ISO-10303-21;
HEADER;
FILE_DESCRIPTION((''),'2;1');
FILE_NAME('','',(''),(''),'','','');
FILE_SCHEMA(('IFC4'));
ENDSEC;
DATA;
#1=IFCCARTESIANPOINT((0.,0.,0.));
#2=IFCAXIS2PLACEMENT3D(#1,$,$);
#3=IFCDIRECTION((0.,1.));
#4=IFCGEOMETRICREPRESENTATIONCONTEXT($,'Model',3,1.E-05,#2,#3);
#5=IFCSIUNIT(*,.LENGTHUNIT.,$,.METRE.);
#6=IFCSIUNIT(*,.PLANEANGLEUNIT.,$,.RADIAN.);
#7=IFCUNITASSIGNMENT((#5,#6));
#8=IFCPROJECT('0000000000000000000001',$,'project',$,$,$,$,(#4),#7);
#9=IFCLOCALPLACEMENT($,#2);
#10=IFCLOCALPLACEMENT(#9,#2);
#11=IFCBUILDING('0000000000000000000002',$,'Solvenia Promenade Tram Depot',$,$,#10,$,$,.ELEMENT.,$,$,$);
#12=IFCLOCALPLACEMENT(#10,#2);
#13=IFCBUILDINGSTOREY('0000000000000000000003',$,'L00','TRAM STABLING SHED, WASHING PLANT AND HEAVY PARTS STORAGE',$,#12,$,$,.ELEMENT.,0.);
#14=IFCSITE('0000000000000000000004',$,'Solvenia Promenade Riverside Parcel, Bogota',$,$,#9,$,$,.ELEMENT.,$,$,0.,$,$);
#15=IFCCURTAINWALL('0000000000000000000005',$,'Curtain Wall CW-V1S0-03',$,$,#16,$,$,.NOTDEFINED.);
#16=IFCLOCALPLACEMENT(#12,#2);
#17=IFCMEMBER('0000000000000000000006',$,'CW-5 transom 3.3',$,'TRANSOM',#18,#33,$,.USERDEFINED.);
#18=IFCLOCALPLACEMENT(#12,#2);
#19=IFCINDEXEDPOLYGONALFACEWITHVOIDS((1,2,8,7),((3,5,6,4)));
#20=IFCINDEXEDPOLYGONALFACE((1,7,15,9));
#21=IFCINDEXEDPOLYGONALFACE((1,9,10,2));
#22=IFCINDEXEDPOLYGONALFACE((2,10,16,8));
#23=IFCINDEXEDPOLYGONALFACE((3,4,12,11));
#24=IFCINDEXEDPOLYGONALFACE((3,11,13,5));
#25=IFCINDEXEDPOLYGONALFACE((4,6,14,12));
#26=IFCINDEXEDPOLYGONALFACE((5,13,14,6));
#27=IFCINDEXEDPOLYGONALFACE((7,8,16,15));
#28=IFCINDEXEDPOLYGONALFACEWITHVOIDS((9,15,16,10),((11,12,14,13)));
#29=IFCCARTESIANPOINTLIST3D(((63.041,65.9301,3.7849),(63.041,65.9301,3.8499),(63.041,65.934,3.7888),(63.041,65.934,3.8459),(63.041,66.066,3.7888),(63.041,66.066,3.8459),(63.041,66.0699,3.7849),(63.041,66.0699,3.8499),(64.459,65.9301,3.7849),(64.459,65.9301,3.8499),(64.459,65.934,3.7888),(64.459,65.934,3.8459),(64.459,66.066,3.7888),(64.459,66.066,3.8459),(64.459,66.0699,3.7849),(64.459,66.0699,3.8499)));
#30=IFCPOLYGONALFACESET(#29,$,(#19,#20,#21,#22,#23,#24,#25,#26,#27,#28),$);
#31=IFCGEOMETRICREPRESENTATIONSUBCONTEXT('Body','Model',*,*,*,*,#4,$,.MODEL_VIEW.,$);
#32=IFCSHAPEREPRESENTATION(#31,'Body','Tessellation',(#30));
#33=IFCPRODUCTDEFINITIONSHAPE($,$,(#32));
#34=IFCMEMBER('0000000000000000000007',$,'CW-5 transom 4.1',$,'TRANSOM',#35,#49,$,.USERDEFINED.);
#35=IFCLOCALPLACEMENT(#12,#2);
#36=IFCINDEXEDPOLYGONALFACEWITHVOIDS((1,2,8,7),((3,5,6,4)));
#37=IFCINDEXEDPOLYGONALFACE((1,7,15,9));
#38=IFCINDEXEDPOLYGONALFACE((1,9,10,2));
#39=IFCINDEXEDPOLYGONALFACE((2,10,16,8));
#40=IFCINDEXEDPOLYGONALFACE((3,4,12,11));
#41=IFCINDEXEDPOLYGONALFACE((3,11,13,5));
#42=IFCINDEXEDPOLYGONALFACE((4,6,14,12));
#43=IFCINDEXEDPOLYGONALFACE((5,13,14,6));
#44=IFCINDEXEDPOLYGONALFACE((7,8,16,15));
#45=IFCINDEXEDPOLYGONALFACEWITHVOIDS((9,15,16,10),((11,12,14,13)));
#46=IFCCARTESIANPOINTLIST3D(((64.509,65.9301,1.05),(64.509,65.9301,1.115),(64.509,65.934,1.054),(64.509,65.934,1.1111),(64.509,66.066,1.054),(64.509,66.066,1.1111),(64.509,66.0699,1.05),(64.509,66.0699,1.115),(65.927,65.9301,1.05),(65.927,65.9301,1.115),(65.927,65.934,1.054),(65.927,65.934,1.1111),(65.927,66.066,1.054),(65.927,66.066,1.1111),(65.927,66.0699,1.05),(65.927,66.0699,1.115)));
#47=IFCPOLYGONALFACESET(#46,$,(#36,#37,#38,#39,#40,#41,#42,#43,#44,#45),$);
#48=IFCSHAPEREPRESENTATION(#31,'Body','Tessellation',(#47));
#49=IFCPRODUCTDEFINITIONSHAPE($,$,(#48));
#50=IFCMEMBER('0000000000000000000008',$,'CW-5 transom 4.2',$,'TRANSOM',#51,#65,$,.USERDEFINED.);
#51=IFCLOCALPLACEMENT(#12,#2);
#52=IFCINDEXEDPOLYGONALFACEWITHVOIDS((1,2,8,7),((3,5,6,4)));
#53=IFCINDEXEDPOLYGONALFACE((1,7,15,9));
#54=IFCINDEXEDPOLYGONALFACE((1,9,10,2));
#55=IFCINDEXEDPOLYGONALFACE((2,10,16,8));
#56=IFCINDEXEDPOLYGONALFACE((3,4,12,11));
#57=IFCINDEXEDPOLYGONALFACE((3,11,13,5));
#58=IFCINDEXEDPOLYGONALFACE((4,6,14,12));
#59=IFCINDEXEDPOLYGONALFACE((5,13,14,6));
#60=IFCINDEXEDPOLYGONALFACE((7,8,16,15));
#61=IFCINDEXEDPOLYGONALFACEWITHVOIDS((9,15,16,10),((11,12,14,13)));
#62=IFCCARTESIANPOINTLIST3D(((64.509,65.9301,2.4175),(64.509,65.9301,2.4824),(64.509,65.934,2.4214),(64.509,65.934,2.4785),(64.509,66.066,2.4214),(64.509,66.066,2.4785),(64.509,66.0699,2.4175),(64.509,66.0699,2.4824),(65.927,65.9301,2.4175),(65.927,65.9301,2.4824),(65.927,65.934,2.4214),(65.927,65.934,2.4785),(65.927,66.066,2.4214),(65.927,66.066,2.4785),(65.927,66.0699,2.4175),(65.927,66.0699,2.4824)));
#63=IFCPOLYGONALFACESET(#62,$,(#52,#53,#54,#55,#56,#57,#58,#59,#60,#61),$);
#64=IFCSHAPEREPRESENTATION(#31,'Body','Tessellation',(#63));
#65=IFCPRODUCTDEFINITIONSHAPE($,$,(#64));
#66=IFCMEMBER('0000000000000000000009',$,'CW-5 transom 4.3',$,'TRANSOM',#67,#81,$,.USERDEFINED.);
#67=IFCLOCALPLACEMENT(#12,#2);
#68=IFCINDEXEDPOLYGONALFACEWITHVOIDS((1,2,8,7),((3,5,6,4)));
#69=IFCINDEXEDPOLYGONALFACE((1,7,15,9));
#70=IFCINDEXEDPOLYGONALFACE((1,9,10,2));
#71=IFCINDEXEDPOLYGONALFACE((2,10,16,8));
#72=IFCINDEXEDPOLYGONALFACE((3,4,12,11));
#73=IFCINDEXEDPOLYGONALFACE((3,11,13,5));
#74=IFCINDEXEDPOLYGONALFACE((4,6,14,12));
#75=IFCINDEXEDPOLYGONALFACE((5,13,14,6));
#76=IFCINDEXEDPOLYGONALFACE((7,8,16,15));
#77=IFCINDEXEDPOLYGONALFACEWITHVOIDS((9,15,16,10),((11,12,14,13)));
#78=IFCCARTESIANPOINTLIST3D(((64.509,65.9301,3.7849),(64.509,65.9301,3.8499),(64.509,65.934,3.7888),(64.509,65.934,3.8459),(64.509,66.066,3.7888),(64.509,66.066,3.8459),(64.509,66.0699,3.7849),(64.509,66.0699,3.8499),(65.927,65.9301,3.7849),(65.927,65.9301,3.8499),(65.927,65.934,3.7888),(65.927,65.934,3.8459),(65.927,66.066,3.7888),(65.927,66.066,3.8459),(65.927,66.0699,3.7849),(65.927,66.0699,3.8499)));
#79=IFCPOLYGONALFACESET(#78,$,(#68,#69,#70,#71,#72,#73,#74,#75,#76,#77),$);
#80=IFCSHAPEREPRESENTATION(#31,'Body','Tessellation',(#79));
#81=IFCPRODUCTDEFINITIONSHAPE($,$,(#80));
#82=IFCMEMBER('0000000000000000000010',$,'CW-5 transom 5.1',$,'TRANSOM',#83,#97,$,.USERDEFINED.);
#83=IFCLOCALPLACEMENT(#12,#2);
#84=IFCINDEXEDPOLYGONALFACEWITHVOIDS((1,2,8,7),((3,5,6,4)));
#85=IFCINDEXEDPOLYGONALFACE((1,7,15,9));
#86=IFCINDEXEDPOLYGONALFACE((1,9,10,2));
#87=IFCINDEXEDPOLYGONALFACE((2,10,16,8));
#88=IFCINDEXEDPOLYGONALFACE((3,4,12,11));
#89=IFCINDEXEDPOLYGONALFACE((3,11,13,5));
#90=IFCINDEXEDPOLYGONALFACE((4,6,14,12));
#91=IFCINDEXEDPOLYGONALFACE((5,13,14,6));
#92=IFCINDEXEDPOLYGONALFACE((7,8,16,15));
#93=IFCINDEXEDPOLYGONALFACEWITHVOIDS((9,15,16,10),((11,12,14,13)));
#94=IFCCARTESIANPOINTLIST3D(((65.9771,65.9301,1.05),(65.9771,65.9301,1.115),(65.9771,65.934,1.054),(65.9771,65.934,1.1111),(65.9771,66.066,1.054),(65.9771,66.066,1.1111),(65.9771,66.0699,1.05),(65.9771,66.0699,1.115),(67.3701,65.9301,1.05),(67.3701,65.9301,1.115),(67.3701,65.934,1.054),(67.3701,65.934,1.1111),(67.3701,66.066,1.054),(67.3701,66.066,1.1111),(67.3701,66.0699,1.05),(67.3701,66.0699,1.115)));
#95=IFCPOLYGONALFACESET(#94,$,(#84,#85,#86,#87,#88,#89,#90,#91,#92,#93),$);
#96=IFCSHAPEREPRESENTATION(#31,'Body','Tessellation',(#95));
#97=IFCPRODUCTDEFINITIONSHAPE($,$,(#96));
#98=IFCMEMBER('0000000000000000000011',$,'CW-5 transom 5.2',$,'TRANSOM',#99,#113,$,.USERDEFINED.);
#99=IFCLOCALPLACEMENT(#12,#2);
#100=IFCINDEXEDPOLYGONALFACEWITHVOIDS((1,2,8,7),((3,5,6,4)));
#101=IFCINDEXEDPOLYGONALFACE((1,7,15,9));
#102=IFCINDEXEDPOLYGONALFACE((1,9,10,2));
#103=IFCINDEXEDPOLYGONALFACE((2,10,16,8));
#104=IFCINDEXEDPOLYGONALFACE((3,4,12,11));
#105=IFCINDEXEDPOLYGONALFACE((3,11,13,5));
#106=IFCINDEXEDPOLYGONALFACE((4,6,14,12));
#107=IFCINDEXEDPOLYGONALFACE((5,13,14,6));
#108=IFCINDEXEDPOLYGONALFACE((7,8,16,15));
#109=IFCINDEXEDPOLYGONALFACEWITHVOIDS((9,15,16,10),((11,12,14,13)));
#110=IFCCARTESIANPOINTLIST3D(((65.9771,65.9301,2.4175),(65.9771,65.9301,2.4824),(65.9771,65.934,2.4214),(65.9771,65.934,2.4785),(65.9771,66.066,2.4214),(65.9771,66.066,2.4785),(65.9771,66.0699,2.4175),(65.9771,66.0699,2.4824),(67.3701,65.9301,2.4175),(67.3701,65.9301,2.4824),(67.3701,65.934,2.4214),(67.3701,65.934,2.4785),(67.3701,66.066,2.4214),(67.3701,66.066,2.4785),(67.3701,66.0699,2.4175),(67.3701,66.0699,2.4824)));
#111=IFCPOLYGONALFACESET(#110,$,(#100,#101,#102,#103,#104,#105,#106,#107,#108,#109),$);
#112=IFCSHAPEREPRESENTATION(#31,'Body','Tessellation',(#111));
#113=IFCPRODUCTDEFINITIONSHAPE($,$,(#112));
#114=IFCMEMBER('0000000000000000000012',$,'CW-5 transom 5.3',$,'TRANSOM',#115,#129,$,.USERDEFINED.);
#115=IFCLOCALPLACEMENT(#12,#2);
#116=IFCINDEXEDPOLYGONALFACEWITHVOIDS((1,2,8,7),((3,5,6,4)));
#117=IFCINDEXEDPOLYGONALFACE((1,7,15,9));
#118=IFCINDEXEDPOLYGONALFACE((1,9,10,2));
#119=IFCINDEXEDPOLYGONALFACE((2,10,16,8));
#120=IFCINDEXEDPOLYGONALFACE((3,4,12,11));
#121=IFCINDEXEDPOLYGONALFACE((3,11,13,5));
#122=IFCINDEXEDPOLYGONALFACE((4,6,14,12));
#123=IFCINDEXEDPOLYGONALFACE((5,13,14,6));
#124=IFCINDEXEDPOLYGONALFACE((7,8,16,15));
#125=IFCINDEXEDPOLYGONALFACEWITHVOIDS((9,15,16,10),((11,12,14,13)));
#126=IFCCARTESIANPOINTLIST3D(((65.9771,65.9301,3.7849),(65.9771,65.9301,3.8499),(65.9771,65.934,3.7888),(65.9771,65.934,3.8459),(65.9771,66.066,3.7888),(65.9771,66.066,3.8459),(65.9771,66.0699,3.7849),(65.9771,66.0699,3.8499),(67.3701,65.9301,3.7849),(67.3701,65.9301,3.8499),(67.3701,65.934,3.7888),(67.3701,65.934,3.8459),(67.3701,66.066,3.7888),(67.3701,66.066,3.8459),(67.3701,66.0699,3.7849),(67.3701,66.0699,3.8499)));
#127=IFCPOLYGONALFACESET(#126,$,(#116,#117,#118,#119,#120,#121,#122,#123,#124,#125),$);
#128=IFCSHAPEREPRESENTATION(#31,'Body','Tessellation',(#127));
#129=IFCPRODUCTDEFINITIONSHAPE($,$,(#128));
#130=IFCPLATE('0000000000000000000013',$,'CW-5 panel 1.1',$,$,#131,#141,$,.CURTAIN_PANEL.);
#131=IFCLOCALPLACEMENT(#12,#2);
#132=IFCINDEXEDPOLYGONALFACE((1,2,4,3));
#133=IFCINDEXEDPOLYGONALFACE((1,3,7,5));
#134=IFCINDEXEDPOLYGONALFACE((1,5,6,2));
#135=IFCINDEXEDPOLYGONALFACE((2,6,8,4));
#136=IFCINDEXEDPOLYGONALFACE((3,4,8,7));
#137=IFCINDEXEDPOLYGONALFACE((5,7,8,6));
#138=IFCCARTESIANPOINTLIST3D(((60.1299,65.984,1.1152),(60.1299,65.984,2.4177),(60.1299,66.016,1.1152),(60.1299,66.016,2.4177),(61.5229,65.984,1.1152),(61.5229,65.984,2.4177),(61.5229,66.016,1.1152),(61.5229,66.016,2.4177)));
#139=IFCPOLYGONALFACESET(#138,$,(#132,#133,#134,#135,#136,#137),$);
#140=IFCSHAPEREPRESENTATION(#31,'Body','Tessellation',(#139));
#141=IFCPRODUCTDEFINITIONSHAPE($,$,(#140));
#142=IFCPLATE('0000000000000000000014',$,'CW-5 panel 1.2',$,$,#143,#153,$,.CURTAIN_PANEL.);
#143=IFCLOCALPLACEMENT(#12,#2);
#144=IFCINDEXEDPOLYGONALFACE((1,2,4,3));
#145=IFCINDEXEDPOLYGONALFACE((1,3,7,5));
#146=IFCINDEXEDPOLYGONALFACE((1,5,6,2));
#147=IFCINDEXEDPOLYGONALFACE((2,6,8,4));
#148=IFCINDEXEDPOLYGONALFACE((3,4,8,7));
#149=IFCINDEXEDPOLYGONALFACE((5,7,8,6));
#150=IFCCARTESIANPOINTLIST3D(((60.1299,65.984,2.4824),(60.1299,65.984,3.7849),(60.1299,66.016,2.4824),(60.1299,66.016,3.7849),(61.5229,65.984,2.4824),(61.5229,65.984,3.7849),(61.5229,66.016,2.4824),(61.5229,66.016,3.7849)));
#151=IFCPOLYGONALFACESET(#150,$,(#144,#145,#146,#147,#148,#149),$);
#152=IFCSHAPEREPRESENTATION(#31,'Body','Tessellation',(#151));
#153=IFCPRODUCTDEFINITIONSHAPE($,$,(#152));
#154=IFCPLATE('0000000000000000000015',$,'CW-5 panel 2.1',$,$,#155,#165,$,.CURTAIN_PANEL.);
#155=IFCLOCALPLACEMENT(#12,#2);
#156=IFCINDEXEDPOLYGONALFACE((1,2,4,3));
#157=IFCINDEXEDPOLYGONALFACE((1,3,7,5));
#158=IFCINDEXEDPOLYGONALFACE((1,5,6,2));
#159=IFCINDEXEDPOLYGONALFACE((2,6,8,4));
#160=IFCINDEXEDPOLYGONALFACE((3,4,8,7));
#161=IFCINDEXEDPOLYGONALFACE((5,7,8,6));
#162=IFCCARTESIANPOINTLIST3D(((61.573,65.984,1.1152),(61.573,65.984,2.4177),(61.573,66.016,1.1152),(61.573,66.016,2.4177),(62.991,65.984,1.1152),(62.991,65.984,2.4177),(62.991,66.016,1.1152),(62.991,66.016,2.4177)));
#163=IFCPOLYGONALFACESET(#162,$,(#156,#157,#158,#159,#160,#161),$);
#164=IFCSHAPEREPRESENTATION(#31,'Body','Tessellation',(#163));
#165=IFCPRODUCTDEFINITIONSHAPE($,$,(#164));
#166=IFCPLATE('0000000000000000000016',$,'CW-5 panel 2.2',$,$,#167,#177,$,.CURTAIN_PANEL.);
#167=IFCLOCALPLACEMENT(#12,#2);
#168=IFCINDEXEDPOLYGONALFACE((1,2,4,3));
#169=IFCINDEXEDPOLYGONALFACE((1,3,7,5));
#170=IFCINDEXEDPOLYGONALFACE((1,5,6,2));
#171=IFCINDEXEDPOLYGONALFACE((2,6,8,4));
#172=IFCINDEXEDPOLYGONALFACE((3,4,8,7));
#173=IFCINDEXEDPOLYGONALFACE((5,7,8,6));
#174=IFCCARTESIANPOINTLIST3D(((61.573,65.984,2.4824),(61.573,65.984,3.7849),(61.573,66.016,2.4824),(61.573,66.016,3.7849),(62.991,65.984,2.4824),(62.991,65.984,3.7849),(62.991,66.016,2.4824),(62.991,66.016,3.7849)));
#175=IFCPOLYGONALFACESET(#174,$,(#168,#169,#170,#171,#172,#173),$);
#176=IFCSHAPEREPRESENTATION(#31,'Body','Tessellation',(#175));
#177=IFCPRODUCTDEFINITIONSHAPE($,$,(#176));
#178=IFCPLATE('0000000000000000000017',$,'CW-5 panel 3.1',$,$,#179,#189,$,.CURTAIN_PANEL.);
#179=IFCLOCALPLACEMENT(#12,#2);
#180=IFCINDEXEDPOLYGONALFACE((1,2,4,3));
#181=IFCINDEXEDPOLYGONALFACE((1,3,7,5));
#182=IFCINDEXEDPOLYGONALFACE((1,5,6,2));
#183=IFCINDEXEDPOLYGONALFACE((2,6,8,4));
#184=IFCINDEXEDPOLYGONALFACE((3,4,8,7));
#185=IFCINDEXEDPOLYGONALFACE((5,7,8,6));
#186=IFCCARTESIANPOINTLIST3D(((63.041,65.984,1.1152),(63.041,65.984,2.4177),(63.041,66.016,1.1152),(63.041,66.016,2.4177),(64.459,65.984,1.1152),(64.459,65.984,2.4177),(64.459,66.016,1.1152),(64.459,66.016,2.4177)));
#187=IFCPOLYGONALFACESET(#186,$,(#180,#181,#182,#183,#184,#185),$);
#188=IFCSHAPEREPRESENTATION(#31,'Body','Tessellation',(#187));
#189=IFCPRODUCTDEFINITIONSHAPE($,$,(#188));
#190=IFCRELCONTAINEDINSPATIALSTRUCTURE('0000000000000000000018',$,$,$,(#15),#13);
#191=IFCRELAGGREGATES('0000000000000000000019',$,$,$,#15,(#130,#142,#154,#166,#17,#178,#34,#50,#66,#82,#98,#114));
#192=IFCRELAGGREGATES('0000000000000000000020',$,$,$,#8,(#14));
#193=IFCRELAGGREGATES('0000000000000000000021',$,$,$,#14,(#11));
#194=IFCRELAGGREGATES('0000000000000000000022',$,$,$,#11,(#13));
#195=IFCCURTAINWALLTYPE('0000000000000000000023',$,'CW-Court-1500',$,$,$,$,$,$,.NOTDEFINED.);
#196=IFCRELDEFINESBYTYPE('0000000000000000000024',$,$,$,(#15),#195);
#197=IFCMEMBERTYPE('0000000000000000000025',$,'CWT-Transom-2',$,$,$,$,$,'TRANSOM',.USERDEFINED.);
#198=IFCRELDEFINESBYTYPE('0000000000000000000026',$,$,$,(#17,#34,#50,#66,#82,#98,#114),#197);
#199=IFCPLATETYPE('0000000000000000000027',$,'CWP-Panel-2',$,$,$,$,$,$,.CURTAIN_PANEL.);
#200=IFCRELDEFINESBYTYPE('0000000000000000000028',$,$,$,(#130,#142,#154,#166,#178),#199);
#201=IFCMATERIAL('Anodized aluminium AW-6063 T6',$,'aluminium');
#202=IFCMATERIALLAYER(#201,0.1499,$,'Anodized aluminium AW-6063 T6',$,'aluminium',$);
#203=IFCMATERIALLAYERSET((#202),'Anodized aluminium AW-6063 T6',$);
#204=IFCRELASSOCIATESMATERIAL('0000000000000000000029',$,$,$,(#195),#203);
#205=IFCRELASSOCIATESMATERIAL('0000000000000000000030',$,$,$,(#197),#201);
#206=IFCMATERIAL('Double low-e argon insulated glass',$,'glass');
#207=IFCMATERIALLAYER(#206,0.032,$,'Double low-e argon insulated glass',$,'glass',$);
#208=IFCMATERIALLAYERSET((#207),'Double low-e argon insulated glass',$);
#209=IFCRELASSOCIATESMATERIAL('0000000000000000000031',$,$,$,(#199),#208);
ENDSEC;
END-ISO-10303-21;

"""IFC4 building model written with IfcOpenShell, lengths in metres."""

from ifc_helpers import new_model, si_unit, direction, frame, origin, origin_2d, place, context, subcontext, project, spatial, rectangle, hollow_rectangle, extrude, material, layer, layer_set, material_profile, profile_set, type_object, element, aggregate, save


model = new_model("IFC4")

# Units and contexts
model_context = context("Model", 3, precision=1e-05, world=origin(), true_north=direction((0.0, 1.0)))
body_context = subcontext(model_context, "Body", "Model", "MODEL_VIEW")
ifc_project = project(units=[si_unit("LENGTHUNIT", "METRE"), si_unit("PLANEANGLEUNIT", "RADIAN")], contexts=[model_context])

# Site, building, storey
site_placement = place(None, origin())
site = spatial("IfcSite", under=ifc_project, at=site_placement, Name="Solvenia Promenade Riverside Parcel, Bogota", CompositionType="ELEMENT", RefElevation=0.0)
building_placement = place(site_placement, origin())
building = spatial("IfcBuilding", under=site, at=building_placement, Name="Solvenia Promenade Tram Depot", CompositionType="ELEMENT")
storey_placement = place(building_placement, origin())
storey = spatial("IfcBuildingStorey", under=building, at=storey_placement, Name="L00", Description="TRAM STABLING SHED, WASHING PLANT AND HEAVY PARTS STORAGE", CompositionType="ELEMENT", Elevation=0.0)

# Curtain wall, members, plates
ifc_material_1 = material(Name="Anodized aluminium AW-6063 T6", Category="aluminium")
ifc_layer_1 = layer(ifc_material_1, 0.1499, Name="Anodized aluminium AW-6063 T6", Category="aluminium")
ifc_layer_set_1 = layer_set([ifc_layer_1], Name="Anodized aluminium AW-6063 T6")
curtain_wall_type = type_object("IfcCurtainWallType", Name="CW-Court-1500", PredefinedType="NOTDEFINED", material=ifc_layer_set_1)
curtain_wall_placement = place(storey_placement, origin())
curtain_wall = element("IfcCurtainWall", 1, at=curtain_wall_placement, inside=storey, type_object=curtain_wall_type, Name="Curtain Wall CW-V1S0-03", PredefinedType="NOTDEFINED")
ifc_material_profile_1 = material_profile(ifc_material_1, hollow_rectangle(XDim=0.1399, YDim=0.0649, WallThickness=0.0039, at=origin_2d()), Name="ALU-T2", Category="aluminium")
ifc_profile_set_1 = profile_set([ifc_material_profile_1], Name="Anodized aluminium AW-6063 T6")
member_type_1 = type_object("IfcMemberType", Name="CWT-Transom-2", ElementType="TRANSOM", PredefinedType="USERDEFINED", material=ifc_profile_set_1)
member_1_placement = place(storey_placement, frame((63.041, 66.0, 3.8174), z_axis=(1.0, 0.0, 0.0), x_axis=(0.0, 1.0, 0.0)))
member_1 = element("IfcMember", 2, at=member_1_placement, type_object=member_type_1, Name="CW-5 transom 3.3", ObjectType="TRANSOM", PredefinedType="USERDEFINED", context=body_context, shape_type="SweptSolid", body=[
    extrude(hollow_rectangle(XDim=0.1399, YDim=0.0649, WallThickness=0.0039, at=origin_2d()), origin(), (0.0, 0.0, 1.0), 1.418),
])
member_2_placement = place(storey_placement, frame((64.509, 66.0, 1.0825), z_axis=(1.0, 0.0, 0.0), x_axis=(0.0, 1.0, 0.0)))
member_2 = element("IfcMember", 3, at=member_2_placement, type_object=member_type_1, Name="CW-5 transom 4.1", ObjectType="TRANSOM", PredefinedType="USERDEFINED", context=body_context, shape_type="SweptSolid", body=[
    extrude(hollow_rectangle(XDim=0.1399, YDim=0.0649, WallThickness=0.0039, at=origin_2d()), origin(), (0.0, 0.0, 1.0), 1.418),
])
member_3_placement = place(storey_placement, frame((64.509, 66.0, 2.45), z_axis=(1.0, 0.0, 0.0), x_axis=(0.0, 1.0, 0.0)))
member_3 = element("IfcMember", 4, at=member_3_placement, type_object=member_type_1, Name="CW-5 transom 4.2", ObjectType="TRANSOM", PredefinedType="USERDEFINED", context=body_context, shape_type="SweptSolid", body=[
    extrude(hollow_rectangle(XDim=0.1399, YDim=0.0649, WallThickness=0.0039, at=origin_2d()), origin(), (0.0, 0.0, 1.0), 1.418),
])
member_4_placement = place(storey_placement, frame((64.509, 66.0, 3.8174), z_axis=(1.0, 0.0, 0.0), x_axis=(0.0, 1.0, 0.0)))
member_4 = element("IfcMember", 5, at=member_4_placement, type_object=member_type_1, Name="CW-5 transom 4.3", ObjectType="TRANSOM", PredefinedType="USERDEFINED", context=body_context, shape_type="SweptSolid", body=[
    extrude(hollow_rectangle(XDim=0.1399, YDim=0.0649, WallThickness=0.0039, at=origin_2d()), origin(), (0.0, 0.0, 1.0), 1.418),
])
member_5_placement = place(storey_placement, frame((65.9771, 66.0, 1.0825), z_axis=(1.0, 0.0, 0.0), x_axis=(0.0, 1.0, 0.0)))
member_5 = element("IfcMember", 6, at=member_5_placement, type_object=member_type_1, Name="CW-5 transom 5.1", ObjectType="TRANSOM", PredefinedType="USERDEFINED", context=body_context, shape_type="SweptSolid", body=[
    extrude(hollow_rectangle(XDim=0.1399, YDim=0.0649, WallThickness=0.0039, at=origin_2d()), origin(), (0.0, 0.0, 1.0), 1.3931),
])
member_6_placement = place(storey_placement, frame((65.9771, 66.0, 2.45), z_axis=(1.0, 0.0, 0.0), x_axis=(0.0, 1.0, 0.0)))
member_6 = element("IfcMember", 7, at=member_6_placement, type_object=member_type_1, Name="CW-5 transom 5.2", ObjectType="TRANSOM", PredefinedType="USERDEFINED", context=body_context, shape_type="SweptSolid", body=[
    extrude(hollow_rectangle(XDim=0.1399, YDim=0.0649, WallThickness=0.0039, at=origin_2d()), origin(), (0.0, 0.0, 1.0), 1.3931),
])
member_7_placement = place(storey_placement, frame((65.9771, 66.0, 3.8174), z_axis=(1.0, 0.0, 0.0), x_axis=(0.0, 1.0, 0.0)))
member_7 = element("IfcMember", 8, at=member_7_placement, type_object=member_type_1, Name="CW-5 transom 5.3", ObjectType="TRANSOM", PredefinedType="USERDEFINED", context=body_context, shape_type="SweptSolid", body=[
    extrude(hollow_rectangle(XDim=0.1399, YDim=0.0649, WallThickness=0.0039, at=origin_2d()), origin(), (0.0, 0.0, 1.0), 1.3931),
])
ifc_material_2 = material(Name="Double low-e argon insulated glass", Category="glass")
ifc_layer_2 = layer(ifc_material_2, 0.032, Name="Double low-e argon insulated glass", Category="glass")
ifc_layer_set_2 = layer_set([ifc_layer_2], Name="Double low-e argon insulated glass")
plate_type = type_object("IfcPlateType", Name="CWP-Panel-2", PredefinedType="CURTAIN_PANEL", material=ifc_layer_set_2)
plate_1_placement = place(storey_placement, frame((60.8264, 66.0, 1.1152), z_axis=(0.0, 0.0, 1.0), x_axis=(1.0, 0.0, 0.0)))
plate_1 = element("IfcPlate", 9, at=plate_1_placement, type_object=plate_type, Name="CW-5 panel 1.1", PredefinedType="CURTAIN_PANEL", context=body_context, shape_type="SweptSolid", body=[
    extrude(rectangle(XDim=1.3931, YDim=0.032, at=origin_2d()), origin(), (0.0, 0.0, 1.0), 1.3025),
])
plate_2_placement = place(storey_placement, frame((60.8264, 66.0, 2.4824), z_axis=(0.0, 0.0, 1.0), x_axis=(1.0, 0.0, 0.0)))
plate_2 = element("IfcPlate", 10, at=plate_2_placement, type_object=plate_type, Name="CW-5 panel 1.2", PredefinedType="CURTAIN_PANEL", context=body_context, shape_type="SweptSolid", body=[
    extrude(rectangle(XDim=1.3931, YDim=0.032, at=origin_2d()), origin(), (0.0, 0.0, 1.0), 1.3025),
])
plate_3_placement = place(storey_placement, frame((62.282, 66.0, 1.1152), z_axis=(0.0, 0.0, 1.0), x_axis=(1.0, 0.0, 0.0)))
plate_3 = element("IfcPlate", 11, at=plate_3_placement, type_object=plate_type, Name="CW-5 panel 2.1", PredefinedType="CURTAIN_PANEL", context=body_context, shape_type="SweptSolid", body=[
    extrude(rectangle(XDim=1.418, YDim=0.032, at=origin_2d()), origin(), (0.0, 0.0, 1.0), 1.3025),
])
plate_4_placement = place(storey_placement, frame((62.282, 66.0, 2.4824), z_axis=(0.0, 0.0, 1.0), x_axis=(1.0, 0.0, 0.0)))
plate_4 = element("IfcPlate", 12, at=plate_4_placement, type_object=plate_type, Name="CW-5 panel 2.2", PredefinedType="CURTAIN_PANEL", context=body_context, shape_type="SweptSolid", body=[
    extrude(rectangle(XDim=1.418, YDim=0.032, at=origin_2d()), origin(), (0.0, 0.0, 1.0), 1.3025),
])
plate_5_placement = place(storey_placement, frame((63.75, 66.0, 1.1152), z_axis=(0.0, 0.0, 1.0), x_axis=(1.0, 0.0, 0.0)))
plate_5 = element("IfcPlate", 13, at=plate_5_placement, type_object=plate_type, Name="CW-5 panel 3.1", PredefinedType="CURTAIN_PANEL", context=body_context, shape_type="SweptSolid", body=[
    extrude(rectangle(XDim=1.418, YDim=0.032, at=origin_2d()), origin(), (0.0, 0.0, 1.0), 1.3025),
])
aggregate(curtain_wall, [plate_1, plate_2, plate_3, plate_4, member_1, plate_5, member_2, member_3, member_4, member_5, member_6, member_7])

save(model, "model.ifc")
